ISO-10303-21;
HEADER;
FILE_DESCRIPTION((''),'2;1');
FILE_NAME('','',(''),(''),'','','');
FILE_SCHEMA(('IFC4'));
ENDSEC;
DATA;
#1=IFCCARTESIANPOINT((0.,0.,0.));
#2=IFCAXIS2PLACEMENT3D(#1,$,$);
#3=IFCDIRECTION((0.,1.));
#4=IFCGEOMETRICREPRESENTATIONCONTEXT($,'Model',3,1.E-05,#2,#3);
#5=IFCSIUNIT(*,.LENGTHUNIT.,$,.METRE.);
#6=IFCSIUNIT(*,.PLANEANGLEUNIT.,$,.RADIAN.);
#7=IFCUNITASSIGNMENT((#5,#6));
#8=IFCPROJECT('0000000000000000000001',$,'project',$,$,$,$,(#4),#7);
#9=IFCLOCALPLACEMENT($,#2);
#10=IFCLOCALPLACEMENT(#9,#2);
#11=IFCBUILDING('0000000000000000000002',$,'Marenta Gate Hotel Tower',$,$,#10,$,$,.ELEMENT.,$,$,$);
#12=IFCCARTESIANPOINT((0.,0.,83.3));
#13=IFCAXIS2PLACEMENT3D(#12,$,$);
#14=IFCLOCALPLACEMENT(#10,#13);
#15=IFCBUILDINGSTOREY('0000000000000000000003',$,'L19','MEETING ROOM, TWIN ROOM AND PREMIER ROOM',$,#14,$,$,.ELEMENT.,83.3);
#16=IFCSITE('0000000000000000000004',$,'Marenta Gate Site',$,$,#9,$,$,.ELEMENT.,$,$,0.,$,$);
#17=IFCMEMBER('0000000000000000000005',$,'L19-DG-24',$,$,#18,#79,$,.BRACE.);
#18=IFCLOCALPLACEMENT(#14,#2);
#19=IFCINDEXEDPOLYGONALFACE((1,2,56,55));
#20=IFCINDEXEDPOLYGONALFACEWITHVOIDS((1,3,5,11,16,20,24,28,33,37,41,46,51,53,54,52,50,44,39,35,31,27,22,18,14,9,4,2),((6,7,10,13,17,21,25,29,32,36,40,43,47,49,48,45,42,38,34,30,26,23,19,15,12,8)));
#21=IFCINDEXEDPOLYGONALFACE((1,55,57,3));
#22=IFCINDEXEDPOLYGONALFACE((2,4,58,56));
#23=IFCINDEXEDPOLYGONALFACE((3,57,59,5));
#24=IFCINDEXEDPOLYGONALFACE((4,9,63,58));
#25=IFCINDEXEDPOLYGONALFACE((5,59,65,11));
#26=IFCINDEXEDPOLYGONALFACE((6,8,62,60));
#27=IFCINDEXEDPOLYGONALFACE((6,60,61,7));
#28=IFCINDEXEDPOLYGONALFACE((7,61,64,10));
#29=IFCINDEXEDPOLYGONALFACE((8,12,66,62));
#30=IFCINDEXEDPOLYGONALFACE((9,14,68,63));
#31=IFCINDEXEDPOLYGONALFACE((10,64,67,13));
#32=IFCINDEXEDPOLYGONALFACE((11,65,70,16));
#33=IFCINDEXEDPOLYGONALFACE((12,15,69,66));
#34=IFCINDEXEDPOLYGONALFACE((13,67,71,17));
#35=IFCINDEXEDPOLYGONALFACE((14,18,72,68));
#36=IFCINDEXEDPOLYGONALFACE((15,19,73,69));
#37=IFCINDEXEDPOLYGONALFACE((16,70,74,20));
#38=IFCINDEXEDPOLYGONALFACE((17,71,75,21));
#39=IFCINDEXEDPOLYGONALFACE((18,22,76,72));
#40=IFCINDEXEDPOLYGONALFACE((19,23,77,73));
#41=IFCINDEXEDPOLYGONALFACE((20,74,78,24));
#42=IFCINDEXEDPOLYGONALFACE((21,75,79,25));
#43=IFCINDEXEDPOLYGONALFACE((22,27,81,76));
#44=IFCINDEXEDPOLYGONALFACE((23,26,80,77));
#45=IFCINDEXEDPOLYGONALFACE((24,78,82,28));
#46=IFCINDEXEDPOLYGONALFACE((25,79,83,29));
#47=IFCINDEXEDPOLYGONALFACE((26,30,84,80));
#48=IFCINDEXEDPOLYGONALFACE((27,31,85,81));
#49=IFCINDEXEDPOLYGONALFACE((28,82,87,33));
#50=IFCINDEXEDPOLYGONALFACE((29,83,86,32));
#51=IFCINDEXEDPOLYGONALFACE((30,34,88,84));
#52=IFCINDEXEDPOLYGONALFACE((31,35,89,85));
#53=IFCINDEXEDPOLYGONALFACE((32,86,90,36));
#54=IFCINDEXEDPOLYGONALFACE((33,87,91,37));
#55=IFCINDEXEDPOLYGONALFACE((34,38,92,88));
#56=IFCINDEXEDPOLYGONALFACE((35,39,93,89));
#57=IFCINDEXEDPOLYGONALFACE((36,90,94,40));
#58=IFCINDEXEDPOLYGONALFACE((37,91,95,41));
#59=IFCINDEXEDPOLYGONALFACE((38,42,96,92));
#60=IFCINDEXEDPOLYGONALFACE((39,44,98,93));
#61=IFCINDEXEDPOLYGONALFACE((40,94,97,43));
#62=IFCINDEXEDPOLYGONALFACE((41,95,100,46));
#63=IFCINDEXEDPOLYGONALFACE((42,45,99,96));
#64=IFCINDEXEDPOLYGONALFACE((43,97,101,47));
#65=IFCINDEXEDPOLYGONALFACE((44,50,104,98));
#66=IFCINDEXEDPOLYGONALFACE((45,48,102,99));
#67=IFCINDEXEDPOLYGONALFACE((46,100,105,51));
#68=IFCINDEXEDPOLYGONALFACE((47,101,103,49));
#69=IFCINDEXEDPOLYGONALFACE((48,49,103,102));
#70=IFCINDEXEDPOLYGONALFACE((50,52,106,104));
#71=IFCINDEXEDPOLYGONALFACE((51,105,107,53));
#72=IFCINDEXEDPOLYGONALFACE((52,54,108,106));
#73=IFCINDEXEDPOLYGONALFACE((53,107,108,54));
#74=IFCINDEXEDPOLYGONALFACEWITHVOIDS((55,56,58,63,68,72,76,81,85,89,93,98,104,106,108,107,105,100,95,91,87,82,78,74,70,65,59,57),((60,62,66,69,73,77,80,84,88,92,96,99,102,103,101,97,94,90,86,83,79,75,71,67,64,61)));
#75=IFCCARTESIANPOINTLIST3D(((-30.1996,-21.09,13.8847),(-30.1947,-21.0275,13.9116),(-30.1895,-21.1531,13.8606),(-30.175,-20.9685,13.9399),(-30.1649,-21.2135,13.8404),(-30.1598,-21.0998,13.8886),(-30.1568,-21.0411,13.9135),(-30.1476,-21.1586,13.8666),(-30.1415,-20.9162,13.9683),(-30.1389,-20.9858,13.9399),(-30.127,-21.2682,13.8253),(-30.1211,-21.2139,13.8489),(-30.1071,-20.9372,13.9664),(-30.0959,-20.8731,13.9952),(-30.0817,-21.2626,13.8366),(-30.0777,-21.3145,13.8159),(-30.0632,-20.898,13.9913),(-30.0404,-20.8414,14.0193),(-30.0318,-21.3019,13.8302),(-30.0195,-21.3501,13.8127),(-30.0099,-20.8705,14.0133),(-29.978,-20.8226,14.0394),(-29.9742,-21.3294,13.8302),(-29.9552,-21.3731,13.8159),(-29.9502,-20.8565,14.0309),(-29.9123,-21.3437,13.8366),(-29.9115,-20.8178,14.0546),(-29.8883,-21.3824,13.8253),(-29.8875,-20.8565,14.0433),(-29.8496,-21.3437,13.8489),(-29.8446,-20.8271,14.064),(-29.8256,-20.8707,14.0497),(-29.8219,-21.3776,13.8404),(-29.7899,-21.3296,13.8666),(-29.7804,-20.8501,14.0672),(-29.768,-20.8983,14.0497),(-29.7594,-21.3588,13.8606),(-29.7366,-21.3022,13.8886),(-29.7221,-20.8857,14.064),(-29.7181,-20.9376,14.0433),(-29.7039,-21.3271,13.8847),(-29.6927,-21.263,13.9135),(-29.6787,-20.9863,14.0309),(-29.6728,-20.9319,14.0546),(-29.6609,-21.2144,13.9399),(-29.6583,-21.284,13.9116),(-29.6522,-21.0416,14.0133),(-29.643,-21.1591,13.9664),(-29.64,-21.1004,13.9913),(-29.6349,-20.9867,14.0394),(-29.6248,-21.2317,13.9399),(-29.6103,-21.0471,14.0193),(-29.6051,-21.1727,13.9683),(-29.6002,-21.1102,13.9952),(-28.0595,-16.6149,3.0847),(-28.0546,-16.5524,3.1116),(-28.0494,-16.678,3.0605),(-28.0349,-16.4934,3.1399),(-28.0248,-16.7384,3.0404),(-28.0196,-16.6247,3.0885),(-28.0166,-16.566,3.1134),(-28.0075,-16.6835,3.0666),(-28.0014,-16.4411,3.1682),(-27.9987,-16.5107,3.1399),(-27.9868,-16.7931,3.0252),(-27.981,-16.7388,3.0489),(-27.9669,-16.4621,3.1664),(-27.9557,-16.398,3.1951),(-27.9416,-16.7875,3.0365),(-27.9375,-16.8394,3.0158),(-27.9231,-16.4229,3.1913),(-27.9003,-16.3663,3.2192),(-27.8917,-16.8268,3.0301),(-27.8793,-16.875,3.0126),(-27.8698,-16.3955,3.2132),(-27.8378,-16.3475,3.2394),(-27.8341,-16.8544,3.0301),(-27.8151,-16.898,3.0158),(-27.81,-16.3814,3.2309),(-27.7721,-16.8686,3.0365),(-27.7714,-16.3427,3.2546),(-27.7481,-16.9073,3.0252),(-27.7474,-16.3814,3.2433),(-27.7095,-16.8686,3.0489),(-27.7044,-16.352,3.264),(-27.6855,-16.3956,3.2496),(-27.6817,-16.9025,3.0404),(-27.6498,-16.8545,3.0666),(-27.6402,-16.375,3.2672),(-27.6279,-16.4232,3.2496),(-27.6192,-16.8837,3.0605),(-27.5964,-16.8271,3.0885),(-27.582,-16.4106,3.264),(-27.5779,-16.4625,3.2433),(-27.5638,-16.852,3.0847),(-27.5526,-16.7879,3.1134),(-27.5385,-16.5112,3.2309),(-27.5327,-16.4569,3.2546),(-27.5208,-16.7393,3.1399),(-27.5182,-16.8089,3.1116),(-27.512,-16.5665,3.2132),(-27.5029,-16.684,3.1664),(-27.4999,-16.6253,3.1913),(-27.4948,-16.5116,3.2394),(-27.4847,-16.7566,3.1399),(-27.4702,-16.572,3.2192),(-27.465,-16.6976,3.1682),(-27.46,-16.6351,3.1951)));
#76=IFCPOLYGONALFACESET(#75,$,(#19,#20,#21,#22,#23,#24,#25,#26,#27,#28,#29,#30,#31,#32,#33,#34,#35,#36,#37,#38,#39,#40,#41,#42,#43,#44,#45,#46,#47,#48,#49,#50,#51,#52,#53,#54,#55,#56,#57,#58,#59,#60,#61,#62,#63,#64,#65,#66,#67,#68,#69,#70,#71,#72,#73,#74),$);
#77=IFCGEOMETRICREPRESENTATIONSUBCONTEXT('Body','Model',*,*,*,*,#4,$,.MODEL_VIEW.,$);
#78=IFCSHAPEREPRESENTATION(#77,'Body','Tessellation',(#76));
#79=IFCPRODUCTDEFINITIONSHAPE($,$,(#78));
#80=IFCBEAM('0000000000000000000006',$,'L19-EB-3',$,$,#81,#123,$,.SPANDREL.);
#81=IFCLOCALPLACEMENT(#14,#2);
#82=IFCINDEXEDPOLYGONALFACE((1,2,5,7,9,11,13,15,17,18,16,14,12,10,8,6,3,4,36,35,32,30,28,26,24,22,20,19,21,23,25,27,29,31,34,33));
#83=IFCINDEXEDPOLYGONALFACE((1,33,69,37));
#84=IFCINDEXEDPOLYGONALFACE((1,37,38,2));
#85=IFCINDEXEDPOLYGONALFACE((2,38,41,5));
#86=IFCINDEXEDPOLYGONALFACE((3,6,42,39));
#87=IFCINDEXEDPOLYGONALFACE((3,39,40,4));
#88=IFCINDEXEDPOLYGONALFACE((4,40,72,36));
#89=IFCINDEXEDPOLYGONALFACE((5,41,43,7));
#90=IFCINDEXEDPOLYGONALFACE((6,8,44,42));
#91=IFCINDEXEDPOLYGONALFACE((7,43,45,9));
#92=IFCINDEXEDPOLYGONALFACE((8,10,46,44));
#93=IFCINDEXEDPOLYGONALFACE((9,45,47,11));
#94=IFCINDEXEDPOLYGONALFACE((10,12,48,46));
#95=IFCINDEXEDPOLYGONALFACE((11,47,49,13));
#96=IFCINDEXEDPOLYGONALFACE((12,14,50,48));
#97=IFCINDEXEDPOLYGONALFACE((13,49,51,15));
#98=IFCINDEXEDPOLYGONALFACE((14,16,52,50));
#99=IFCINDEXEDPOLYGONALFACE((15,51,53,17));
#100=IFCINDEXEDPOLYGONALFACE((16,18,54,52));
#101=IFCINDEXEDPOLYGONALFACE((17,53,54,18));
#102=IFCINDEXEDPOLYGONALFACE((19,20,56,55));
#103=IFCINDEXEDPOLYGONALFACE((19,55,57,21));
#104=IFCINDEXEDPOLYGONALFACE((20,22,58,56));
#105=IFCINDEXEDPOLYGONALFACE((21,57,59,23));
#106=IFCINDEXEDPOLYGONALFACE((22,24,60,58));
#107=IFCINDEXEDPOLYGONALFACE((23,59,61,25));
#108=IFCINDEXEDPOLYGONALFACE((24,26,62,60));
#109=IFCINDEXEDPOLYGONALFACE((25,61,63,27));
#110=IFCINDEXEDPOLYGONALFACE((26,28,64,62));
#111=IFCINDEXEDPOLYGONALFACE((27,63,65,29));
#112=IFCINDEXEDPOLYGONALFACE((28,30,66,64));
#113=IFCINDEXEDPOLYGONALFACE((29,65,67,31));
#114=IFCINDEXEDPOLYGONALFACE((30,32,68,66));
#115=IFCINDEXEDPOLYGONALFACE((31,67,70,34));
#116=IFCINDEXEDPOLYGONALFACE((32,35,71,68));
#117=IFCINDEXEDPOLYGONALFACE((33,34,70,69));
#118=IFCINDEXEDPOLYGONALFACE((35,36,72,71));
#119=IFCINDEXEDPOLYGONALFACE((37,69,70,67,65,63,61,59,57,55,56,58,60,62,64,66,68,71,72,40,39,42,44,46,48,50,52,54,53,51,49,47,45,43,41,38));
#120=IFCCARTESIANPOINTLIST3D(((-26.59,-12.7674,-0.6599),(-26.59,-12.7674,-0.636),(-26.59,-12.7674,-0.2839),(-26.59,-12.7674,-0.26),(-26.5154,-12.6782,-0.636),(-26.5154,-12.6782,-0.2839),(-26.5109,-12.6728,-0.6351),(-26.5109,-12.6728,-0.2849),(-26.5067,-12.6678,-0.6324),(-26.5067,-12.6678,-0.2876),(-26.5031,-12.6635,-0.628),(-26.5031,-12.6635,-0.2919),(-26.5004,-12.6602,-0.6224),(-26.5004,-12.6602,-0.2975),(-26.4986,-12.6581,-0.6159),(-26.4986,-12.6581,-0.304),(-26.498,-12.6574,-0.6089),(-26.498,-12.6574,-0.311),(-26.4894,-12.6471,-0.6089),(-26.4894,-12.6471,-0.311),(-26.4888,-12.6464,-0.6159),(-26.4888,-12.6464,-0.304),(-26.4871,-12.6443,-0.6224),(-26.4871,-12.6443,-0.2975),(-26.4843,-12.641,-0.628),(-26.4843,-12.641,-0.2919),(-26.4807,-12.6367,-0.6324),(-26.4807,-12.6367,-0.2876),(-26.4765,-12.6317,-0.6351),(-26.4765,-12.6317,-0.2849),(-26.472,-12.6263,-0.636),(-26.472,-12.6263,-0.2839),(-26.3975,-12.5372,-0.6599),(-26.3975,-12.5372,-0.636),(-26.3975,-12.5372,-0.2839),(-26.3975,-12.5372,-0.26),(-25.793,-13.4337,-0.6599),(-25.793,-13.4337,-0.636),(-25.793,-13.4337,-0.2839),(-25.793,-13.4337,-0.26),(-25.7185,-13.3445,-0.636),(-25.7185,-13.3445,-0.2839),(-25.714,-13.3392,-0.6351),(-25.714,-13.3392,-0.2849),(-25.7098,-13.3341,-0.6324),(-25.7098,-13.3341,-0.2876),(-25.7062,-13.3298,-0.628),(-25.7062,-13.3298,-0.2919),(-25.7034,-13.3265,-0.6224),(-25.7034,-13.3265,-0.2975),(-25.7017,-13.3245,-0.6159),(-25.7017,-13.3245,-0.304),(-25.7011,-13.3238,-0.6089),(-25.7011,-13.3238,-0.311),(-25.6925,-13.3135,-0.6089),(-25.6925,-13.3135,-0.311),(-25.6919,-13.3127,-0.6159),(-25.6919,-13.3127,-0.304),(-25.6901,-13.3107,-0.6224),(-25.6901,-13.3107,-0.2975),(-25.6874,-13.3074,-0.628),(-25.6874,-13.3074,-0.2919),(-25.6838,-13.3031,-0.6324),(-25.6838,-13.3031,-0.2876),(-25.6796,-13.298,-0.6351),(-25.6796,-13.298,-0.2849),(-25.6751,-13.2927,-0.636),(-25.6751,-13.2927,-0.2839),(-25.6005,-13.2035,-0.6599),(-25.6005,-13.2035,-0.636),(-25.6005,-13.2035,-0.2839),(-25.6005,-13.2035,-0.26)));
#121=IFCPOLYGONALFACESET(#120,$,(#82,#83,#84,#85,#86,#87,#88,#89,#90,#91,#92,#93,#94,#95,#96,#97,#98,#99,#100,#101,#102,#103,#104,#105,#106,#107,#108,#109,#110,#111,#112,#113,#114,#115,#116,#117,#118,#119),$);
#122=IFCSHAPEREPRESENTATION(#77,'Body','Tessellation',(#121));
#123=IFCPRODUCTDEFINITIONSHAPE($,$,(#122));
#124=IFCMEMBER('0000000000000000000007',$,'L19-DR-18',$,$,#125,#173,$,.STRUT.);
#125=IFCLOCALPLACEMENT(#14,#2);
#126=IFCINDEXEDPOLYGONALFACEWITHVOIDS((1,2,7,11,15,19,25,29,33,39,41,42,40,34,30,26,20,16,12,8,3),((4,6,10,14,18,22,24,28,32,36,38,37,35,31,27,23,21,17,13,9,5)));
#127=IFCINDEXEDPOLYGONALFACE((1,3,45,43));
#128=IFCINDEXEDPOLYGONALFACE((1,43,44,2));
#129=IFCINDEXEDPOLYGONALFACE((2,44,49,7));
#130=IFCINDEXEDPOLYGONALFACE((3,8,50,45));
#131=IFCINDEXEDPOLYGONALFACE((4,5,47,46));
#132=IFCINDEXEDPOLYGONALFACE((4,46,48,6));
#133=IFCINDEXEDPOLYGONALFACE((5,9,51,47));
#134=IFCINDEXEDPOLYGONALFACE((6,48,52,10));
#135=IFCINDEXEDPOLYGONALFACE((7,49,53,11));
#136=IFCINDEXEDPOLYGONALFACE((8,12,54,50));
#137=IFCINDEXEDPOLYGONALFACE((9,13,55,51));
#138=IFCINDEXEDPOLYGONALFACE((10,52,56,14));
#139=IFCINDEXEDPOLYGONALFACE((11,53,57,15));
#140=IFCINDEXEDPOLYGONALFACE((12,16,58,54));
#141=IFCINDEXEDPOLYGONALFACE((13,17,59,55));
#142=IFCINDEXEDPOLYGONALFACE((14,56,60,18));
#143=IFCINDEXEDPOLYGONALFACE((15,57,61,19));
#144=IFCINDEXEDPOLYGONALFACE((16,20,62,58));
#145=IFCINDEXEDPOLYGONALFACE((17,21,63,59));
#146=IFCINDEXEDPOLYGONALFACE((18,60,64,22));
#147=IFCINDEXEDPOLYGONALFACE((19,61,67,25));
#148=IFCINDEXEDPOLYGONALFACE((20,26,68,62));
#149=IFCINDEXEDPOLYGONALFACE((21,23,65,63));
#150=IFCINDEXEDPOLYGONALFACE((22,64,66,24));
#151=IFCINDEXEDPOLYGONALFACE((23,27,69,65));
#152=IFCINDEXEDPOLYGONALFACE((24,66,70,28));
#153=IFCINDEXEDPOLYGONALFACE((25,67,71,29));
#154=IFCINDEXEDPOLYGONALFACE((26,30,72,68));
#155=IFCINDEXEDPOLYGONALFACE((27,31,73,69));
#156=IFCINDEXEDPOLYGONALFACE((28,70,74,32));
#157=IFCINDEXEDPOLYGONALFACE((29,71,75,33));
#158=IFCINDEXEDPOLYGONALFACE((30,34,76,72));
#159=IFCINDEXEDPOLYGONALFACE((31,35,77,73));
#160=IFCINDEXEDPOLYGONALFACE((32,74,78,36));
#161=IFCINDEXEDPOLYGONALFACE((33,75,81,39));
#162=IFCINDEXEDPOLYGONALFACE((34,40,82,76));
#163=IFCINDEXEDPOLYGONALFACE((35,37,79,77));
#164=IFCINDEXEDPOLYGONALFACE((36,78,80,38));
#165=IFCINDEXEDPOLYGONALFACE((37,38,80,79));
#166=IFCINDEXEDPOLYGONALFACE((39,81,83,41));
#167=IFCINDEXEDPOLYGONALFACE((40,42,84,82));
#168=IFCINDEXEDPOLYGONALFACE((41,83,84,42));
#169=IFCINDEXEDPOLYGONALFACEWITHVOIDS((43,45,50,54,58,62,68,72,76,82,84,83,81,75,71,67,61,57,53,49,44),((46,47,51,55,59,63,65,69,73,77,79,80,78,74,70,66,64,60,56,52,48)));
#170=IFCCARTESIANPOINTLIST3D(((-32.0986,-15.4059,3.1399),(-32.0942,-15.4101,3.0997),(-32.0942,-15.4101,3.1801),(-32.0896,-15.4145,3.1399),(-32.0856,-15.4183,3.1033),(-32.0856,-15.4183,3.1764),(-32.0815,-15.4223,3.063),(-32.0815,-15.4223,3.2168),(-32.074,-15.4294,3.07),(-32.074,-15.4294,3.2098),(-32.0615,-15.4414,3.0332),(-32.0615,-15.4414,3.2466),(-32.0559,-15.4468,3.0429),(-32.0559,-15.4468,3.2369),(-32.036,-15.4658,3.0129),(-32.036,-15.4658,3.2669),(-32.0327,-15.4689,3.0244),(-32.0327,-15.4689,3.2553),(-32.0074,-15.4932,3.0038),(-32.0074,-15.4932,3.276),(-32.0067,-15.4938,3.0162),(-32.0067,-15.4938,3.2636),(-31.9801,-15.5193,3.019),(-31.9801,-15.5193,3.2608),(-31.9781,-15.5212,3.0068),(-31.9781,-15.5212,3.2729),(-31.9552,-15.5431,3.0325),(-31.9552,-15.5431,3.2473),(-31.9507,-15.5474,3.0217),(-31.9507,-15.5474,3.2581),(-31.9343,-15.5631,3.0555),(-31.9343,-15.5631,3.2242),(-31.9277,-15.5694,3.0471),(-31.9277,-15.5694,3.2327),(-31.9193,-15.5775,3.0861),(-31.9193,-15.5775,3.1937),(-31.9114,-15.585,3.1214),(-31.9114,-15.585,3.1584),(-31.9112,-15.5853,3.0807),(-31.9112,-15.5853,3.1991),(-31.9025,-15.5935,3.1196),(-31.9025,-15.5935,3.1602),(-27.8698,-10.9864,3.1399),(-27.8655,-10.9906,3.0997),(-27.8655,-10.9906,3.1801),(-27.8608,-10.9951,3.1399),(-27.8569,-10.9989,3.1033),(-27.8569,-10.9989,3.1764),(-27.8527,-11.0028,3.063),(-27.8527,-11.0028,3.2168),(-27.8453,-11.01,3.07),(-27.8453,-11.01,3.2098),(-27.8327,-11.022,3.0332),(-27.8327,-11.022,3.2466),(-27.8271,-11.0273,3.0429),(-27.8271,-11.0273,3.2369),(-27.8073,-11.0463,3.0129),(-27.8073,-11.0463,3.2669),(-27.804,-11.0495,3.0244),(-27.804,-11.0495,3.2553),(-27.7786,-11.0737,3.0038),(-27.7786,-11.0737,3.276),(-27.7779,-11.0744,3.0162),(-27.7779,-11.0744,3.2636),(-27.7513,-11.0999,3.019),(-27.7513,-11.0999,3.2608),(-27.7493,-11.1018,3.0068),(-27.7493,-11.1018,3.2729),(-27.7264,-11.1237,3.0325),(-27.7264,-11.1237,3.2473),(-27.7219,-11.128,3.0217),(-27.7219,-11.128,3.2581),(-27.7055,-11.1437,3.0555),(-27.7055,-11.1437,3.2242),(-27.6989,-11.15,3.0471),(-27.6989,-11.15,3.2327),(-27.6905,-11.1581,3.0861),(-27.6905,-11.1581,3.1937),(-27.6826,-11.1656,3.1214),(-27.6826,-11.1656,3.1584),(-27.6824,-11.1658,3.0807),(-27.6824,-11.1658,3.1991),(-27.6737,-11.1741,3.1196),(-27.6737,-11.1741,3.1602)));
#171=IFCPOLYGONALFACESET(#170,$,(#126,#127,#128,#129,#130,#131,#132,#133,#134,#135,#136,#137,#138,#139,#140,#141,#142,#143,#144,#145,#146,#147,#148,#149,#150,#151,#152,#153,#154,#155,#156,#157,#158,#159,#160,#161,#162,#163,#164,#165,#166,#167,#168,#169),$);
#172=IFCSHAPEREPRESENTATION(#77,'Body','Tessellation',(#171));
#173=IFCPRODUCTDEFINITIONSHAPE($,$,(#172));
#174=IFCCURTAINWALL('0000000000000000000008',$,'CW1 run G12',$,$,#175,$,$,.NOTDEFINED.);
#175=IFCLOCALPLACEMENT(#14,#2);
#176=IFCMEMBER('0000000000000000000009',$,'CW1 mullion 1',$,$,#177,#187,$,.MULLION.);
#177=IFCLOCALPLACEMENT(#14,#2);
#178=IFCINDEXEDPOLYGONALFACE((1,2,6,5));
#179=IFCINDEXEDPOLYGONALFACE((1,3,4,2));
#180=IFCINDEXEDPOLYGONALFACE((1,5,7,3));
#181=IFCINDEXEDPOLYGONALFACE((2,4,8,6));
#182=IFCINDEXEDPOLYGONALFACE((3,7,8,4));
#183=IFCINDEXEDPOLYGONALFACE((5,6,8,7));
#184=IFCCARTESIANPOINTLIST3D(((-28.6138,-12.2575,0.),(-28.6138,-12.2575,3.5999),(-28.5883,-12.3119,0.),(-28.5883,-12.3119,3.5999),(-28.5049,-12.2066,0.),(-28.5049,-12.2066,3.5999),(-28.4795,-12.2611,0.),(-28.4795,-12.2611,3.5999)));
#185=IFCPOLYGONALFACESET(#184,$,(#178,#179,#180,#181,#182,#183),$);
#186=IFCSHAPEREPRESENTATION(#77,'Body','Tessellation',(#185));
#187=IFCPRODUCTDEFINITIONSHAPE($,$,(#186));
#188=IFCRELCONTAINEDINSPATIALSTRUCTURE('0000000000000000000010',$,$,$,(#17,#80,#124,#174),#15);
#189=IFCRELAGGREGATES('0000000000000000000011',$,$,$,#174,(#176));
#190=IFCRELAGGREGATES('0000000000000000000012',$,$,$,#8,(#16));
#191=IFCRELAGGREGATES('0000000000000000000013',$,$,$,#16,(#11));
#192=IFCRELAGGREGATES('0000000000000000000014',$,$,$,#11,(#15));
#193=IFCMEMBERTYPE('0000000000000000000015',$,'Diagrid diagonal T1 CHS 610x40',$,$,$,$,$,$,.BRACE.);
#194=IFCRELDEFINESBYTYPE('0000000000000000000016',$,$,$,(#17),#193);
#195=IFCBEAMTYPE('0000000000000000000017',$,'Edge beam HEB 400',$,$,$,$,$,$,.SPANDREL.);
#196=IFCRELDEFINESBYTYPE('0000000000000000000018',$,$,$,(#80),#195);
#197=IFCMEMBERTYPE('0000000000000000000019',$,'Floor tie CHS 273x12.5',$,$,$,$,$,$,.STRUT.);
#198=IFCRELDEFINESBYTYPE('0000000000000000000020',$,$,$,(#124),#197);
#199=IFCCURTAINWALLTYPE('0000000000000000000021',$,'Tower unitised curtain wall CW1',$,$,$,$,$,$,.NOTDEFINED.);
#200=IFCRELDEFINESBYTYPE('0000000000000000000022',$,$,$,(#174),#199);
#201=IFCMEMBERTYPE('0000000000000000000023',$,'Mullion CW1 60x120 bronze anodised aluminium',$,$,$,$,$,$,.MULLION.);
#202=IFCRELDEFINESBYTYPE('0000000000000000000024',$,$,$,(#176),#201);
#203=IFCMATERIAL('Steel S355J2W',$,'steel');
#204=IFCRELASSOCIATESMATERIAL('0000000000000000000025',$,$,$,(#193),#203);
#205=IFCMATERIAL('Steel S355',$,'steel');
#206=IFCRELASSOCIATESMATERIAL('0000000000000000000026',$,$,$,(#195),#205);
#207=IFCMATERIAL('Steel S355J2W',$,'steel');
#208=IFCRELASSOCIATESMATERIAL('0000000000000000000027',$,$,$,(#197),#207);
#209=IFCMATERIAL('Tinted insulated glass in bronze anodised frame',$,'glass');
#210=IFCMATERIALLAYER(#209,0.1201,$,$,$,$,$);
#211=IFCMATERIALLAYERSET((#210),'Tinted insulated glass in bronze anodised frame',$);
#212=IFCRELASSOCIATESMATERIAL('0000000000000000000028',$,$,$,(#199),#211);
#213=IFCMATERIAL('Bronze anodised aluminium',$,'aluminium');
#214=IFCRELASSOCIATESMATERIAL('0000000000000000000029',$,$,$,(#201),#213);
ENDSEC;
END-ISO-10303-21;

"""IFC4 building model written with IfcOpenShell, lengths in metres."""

from ifc_helpers import new_model, si_unit, direction, frame, origin, origin_2d, place, context, subcontext, project, spatial, rectangle, hollow_circle, i_section, extrude, material, layer, layer_set, material_profile, profile_set, type_object, element, aggregate, save


model = new_model("IFC4")

# Units and contexts
model_context = context("Model", 3, precision=1e-05, world=origin(), true_north=direction((0.0, 1.0)))
body_context = subcontext(model_context, "Body", "Model", "MODEL_VIEW")
ifc_project = project(units=[si_unit("LENGTHUNIT", "METRE"), si_unit("PLANEANGLEUNIT", "RADIAN")], contexts=[model_context])

# Site, building, storey
site_placement = place(None, origin())
site = spatial("IfcSite", under=ifc_project, at=site_placement, Name="Marenta Gate Site", CompositionType="ELEMENT", RefElevation=0.0)
building_placement = place(site_placement, origin())
building = spatial("IfcBuilding", under=site, at=building_placement, Name="Marenta Gate Hotel Tower", CompositionType="ELEMENT")
storey_placement = place(building_placement, frame((0.0, 0.0, 83.3)))
storey = spatial("IfcBuildingStorey", under=building, at=storey_placement, Name="L19", Description="MEETING ROOM, TWIN ROOM AND PREMIER ROOM", CompositionType="ELEMENT", Elevation=83.3)

# Member
ifc_material_1 = material(Name="Steel S355J2W", Category="steel")
ifc_material_profile_1 = material_profile(ifc_material_1, hollow_circle(Radius=0.3049, WallThickness=0.04, at=origin_2d()), Name="CHS 610x40")
ifc_profile_set_1 = profile_set([ifc_material_profile_1], Name="Steel S355J2W")
member_type_1 = type_object("IfcMemberType", Name="Diagrid diagonal T1 CHS 610x40", PredefinedType="BRACE", material=ifc_profile_set_1)
member_1_placement = place(storey_placement, frame((-27.7598, -16.625, 3.1399), z_axis=(-0.180074, -0.376541, 0.90873), x_axis=(0.902144, -0.431435, 0.0)))
element("IfcMember", 1, at=member_1_placement, inside=storey, type_object=member_type_1, Name="L19-DG-24", PredefinedType="BRACE", context=body_context, shape_type="SweptSolid", body=[
    extrude(hollow_circle(Radius=0.3049, WallThickness=0.04, at=origin_2d()), origin(), (0.0, 0.0, 1.0), 11.8848),
])

# Beam
ifc_material_2 = material(Name="Steel S355", Category="steel")
ifc_material_profile_2 = material_profile(ifc_material_2, i_section(OverallWidth=0.3, OverallDepth=0.3999, WebThickness=0.0134, FlangeThickness=0.0239, FilletRadius=0.0271, at=origin_2d()), Name="HEB 400")
ifc_profile_set_2 = profile_set([ifc_material_profile_2], Name="Steel S355")
beam_type = type_object("IfcBeamType", Name="Edge beam HEB 400", PredefinedType="SPANDREL", material=ifc_profile_set_2)
beam_placement = place(storey_placement, frame((-25.6968, -13.3186, -0.46), z_axis=(-0.76718, 0.641432, 0.0), x_axis=(-0.641432, -0.76718, 0.0)))
element("IfcBeam", 2, at=beam_placement, inside=storey, type_object=beam_type, Name="L19-EB-3", PredefinedType="SPANDREL", context=body_context, shape_type="SweptSolid", body=[
    extrude(i_section(OverallWidth=0.3, OverallDepth=0.3999, WebThickness=0.0134, FlangeThickness=0.0239, FilletRadius=0.0271, at=origin_2d()), origin(), (0.0, 0.0, 1.0), 1.0388),
])

# Member
ifc_material_3 = material(Name="Steel S355J2W", Category="steel")
ifc_material_profile_3 = material_profile(ifc_material_3, hollow_circle(Radius=0.1365, WallThickness=0.0125, at=origin_2d()), Name="CHS 273x12.5")
ifc_profile_set_3 = profile_set([ifc_material_profile_3], Name="Steel S355J2W")
member_type_2 = type_object("IfcMemberType", Name="Floor tie CHS 273x12.5", PredefinedType="STRUT", material=ifc_profile_set_3)
member_2_placement = place(storey_placement, frame((-32.0, -15.5002, 3.1399), z_axis=(0.691349, 0.722521, 0.0), x_axis=(-0.722521, 0.691349, 0.0)))
element("IfcMember", 3, at=member_2_placement, inside=storey, type_object=member_type_2, Name="L19-DR-18", PredefinedType="STRUT", context=body_context, shape_type="SweptSolid", body=[
    extrude(hollow_circle(Radius=0.1365, WallThickness=0.0125, at=origin_2d()), origin(), (0.0, 0.0, 1.0), 6.1167),
])

# Curtain wall, member
ifc_material_4 = material(Name="Tinted insulated glass in bronze anodised frame", Category="glass")
ifc_layer_1 = layer(ifc_material_4, 0.1201)
ifc_layer_set_1 = layer_set([ifc_layer_1], Name="Tinted insulated glass in bronze anodised frame")
curtain_wall_type = type_object("IfcCurtainWallType", Name="Tower unitised curtain wall CW1", PredefinedType="NOTDEFINED", material=ifc_layer_set_1)
curtain_wall_1_placement = place(storey_placement, origin())
curtain_wall_1 = element("IfcCurtainWall", 4, at=curtain_wall_1_placement, inside=storey, type_object=curtain_wall_type, Name="CW1 run G12", PredefinedType="NOTDEFINED")
ifc_material_5 = material(Name="Bronze anodised aluminium", Category="aluminium")
ifc_material_profile_4 = material_profile(ifc_material_5, rectangle(XDim=0.1201, YDim=0.0601, at=origin_2d()), Name="Mullion CW1 60x120 bronze anodised aluminium")
ifc_profile_set_4 = profile_set([ifc_material_profile_4], Name="Bronze anodised aluminium")
member_type_3 = type_object("IfcMemberType", Name="Mullion CW1 60x120 bronze anodised aluminium", PredefinedType="MULLION", material=ifc_profile_set_4)
member_3_placement = place(storey_placement, frame((-28.5466, -12.2593, 0.0), z_axis=(0.0, 0.0, 1.0), x_axis=(0.90597, 0.423341, 0.0)))
member_3 = element("IfcMember", 5, at=member_3_placement, type_object=member_type_3, Name="CW1 mullion 1", PredefinedType="MULLION", context=body_context, shape_type="SweptSolid", body=[
    extrude(rectangle(XDim=0.1201, YDim=0.0601, at=origin_2d()), origin(), (0.0, 0.0, 1.0), 3.5999),
])

aggregate(curtain_wall_1, [member_3])

save(model, "model.ifc")
